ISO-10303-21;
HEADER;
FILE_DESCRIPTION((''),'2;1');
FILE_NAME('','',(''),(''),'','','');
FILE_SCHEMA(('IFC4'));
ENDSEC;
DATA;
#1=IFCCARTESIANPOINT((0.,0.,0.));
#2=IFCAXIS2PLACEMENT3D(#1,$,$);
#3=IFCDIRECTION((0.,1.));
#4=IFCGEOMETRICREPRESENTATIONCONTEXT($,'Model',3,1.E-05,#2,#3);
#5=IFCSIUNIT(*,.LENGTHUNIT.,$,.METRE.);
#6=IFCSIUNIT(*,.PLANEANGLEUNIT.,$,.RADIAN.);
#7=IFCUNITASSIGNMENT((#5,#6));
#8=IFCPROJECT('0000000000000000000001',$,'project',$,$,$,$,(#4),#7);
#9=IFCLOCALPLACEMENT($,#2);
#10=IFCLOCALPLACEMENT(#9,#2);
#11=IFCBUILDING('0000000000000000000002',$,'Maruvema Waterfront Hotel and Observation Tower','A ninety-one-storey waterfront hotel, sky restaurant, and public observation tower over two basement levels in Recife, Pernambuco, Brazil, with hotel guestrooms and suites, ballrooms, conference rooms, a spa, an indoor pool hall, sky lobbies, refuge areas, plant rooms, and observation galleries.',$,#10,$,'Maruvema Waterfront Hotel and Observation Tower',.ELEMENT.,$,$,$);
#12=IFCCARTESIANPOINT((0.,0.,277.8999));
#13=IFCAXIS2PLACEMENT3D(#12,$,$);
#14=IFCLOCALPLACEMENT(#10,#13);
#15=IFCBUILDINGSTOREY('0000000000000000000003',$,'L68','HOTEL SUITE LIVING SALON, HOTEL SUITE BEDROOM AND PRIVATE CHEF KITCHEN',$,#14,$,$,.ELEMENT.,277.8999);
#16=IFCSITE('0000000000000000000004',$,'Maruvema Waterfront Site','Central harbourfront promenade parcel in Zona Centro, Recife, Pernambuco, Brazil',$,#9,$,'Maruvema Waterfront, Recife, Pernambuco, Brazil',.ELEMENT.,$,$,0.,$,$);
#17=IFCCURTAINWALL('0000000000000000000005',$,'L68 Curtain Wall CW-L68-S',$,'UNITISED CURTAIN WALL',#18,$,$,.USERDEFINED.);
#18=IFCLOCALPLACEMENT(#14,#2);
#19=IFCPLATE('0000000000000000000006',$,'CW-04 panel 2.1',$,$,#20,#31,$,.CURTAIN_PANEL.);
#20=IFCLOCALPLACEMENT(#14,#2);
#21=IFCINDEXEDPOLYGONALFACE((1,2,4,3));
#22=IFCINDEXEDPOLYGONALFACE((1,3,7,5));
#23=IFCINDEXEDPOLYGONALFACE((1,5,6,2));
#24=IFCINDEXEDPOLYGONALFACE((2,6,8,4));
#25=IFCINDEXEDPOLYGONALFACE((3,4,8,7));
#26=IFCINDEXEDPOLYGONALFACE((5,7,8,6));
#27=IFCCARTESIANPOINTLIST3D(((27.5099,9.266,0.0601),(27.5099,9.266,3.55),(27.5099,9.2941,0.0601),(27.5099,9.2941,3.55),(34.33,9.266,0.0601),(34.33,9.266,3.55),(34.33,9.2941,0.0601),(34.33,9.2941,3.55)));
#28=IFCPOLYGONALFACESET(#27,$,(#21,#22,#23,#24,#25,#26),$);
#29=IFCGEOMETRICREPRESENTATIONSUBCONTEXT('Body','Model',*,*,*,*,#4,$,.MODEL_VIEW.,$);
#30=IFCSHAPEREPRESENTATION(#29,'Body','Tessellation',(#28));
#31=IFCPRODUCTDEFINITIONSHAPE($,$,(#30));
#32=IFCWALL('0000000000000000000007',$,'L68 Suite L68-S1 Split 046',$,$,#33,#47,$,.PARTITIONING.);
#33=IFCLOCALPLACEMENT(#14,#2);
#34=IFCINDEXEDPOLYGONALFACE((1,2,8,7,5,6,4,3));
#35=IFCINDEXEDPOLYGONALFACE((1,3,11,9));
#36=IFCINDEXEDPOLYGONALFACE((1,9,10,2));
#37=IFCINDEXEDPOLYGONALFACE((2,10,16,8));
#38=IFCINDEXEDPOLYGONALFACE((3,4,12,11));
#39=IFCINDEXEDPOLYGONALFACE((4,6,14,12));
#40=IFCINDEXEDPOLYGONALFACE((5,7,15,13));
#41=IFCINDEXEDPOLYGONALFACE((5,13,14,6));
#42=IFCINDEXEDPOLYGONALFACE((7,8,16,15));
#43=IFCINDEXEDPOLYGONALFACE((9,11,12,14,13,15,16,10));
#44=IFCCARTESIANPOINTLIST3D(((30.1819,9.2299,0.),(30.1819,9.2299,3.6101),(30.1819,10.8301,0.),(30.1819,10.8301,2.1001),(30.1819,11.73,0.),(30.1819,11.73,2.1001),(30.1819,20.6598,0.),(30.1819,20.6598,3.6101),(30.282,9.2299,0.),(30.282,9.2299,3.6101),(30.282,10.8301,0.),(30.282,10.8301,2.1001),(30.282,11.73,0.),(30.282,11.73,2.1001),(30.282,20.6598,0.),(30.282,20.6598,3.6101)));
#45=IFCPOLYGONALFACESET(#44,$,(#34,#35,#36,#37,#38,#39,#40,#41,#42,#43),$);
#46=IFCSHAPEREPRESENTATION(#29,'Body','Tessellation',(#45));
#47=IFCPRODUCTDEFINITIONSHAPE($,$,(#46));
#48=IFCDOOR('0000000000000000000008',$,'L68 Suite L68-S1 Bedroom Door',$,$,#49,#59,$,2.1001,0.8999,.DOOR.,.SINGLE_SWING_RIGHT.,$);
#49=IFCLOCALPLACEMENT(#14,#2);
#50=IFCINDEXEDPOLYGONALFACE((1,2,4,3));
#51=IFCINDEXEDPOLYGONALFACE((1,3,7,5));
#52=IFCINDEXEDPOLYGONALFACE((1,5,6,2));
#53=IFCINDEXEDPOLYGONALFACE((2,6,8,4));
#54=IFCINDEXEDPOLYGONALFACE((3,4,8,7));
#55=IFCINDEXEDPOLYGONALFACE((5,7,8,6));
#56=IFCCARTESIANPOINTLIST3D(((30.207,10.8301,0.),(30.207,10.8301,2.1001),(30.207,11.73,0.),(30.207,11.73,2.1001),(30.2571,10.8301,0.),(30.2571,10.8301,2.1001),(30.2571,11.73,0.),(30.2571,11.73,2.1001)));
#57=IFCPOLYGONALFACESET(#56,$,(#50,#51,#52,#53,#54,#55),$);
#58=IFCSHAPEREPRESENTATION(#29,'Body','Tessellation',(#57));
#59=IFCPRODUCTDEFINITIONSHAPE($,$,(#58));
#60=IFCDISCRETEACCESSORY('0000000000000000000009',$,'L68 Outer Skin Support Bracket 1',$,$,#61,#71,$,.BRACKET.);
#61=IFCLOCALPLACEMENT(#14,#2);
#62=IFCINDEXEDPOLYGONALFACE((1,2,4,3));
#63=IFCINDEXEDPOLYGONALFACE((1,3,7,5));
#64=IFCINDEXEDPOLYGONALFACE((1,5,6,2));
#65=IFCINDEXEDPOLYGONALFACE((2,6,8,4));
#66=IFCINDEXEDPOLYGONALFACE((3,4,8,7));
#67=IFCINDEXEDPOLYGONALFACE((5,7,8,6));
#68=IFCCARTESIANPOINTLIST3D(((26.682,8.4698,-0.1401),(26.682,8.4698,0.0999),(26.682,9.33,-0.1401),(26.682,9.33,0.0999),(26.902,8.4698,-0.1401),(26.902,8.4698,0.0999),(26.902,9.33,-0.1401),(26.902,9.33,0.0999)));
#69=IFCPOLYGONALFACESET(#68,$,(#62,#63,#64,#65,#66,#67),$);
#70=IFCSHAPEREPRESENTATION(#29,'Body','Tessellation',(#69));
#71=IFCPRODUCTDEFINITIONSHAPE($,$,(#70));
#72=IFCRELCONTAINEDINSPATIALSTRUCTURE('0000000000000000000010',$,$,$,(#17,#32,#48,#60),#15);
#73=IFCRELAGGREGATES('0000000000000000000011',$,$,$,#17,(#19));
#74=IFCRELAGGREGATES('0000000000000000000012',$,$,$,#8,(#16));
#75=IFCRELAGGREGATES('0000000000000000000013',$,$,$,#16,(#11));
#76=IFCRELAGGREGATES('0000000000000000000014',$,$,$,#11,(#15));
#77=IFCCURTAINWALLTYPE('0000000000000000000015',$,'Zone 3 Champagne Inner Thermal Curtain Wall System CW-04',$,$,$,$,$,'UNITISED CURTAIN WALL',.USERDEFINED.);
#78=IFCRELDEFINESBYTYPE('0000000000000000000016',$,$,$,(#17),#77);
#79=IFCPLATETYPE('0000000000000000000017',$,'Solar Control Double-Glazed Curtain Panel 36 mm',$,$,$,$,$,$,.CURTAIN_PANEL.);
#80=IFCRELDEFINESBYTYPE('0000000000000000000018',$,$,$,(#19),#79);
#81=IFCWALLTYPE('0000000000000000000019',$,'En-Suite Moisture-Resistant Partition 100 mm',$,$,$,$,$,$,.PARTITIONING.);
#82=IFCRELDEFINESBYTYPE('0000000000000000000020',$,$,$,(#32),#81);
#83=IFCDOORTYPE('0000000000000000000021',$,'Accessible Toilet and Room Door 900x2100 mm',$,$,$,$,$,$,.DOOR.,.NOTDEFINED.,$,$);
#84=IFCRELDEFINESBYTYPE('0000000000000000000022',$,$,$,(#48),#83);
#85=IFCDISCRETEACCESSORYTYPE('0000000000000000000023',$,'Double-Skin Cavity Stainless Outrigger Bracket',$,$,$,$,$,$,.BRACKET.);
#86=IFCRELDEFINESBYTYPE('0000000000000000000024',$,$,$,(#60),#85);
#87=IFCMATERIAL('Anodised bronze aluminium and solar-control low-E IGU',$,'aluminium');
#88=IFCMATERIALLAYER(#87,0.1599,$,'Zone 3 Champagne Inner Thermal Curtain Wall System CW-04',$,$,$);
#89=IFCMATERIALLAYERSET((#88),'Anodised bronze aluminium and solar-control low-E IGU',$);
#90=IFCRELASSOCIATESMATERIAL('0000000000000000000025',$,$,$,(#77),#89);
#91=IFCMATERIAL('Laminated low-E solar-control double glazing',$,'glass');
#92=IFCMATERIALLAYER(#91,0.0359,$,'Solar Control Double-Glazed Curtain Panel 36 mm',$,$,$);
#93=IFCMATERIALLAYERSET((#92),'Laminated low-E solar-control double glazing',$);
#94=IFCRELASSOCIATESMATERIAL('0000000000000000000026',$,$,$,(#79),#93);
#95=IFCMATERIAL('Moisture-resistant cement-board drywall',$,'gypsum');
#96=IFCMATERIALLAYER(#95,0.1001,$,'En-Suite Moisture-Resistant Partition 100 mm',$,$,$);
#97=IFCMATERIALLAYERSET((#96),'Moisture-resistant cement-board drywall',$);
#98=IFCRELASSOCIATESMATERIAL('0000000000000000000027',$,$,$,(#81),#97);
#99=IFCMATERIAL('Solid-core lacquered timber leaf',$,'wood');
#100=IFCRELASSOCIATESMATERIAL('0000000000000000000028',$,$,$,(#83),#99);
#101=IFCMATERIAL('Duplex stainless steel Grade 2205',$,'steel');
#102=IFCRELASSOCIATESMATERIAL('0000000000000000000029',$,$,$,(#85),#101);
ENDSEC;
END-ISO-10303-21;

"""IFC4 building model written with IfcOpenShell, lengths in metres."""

from ifc_helpers import new_model, si_unit, direction, frame, frame_2d, origin, origin_2d, place, context, subcontext, project, spatial, rectangle, extrude, material, layer, layer_set, type_object, element, fill, aggregate, save


model = new_model("IFC4")

# Units and contexts
model_context = context("Model", 3, precision=1e-05, world=origin(), true_north=direction((0.0, 1.0)))
body_context = subcontext(model_context, "Body", "Model", "MODEL_VIEW")
ifc_project = project(units=[si_unit("LENGTHUNIT", "METRE"), si_unit("PLANEANGLEUNIT", "RADIAN")], contexts=[model_context])

# Site, building, storey
site_placement = place(None, origin())
site = spatial("IfcSite", under=ifc_project, at=site_placement, Name="Maruvema Waterfront Site", Description="Central harbourfront promenade parcel in Zona Centro, Recife, Pernambuco, Brazil", LongName="Maruvema Waterfront, Recife, Pernambuco, Brazil", CompositionType="ELEMENT", RefElevation=0.0)
building_placement = place(site_placement, origin())
building = spatial("IfcBuilding", under=site, at=building_placement, Name="Maruvema Waterfront Hotel and Observation Tower", Description="A ninety-one-storey waterfront hotel, sky restaurant, and public observation tower over two basement levels in Recife, Pernambuco, Brazil, with hotel guestrooms and suites, ballrooms, conference rooms, a spa, an indoor pool hall, sky lobbies, refuge areas, plant rooms, and observation galleries.", LongName="Maruvema Waterfront Hotel and Observation Tower", CompositionType="ELEMENT")
storey_placement = place(building_placement, frame((0.0, 0.0, 277.8999)))
storey = spatial("IfcBuildingStorey", under=building, at=storey_placement, Name="L68", Description="HOTEL SUITE LIVING SALON, HOTEL SUITE BEDROOM AND PRIVATE CHEF KITCHEN", CompositionType="ELEMENT", Elevation=277.8999)

# Curtain wall
ifc_material_1 = material(Name="Anodised bronze aluminium and solar-control low-E IGU", Category="aluminium")
ifc_layer_1 = layer(ifc_material_1, 0.1599, Name="Zone 3 Champagne Inner Thermal Curtain Wall System CW-04")
ifc_layer_set_1 = layer_set([ifc_layer_1], Name="Anodised bronze aluminium and solar-control low-E IGU")
curtain_wall_type = type_object("IfcCurtainWallType", Name="Zone 3 Champagne Inner Thermal Curtain Wall System CW-04", ElementType="UNITISED CURTAIN WALL", PredefinedType="USERDEFINED", material=ifc_layer_set_1)
curtain_wall_placement = place(storey_placement, origin())
curtain_wall = element("IfcCurtainWall", 1, at=curtain_wall_placement, inside=storey, type_object=curtain_wall_type, Name="L68 Curtain Wall CW-L68-S", ObjectType="UNITISED CURTAIN WALL", PredefinedType="USERDEFINED")

# Plate
ifc_material_2 = material(Name="Laminated low-E solar-control double glazing", Category="glass")
ifc_layer_2 = layer(ifc_material_2, 0.0359, Name="Solar Control Double-Glazed Curtain Panel 36 mm")
ifc_layer_set_2 = layer_set([ifc_layer_2], Name="Laminated low-E solar-control double glazing")
plate_type = type_object("IfcPlateType", Name="Solar Control Double-Glazed Curtain Panel 36 mm", PredefinedType="CURTAIN_PANEL", material=ifc_layer_set_2)
plate_placement = place(storey_placement, frame((30.9199, 9.28, 0.0601), z_axis=(0.0, 0.0, 1.0), x_axis=(1.0, 0.0, 0.0)))
plate = element("IfcPlate", 2, at=plate_placement, type_object=plate_type, Name="CW-04 panel 2.1", PredefinedType="CURTAIN_PANEL", context=body_context, shape_type="SweptSolid", body=[
    extrude(rectangle(XDim=6.8201, YDim=0.0281, at=origin_2d()), origin(), (0.0, 0.0, 1.0), 3.49),
])
aggregate(curtain_wall, [plate])

# Wall, opening, door
ifc_material_3 = material(Name="Moisture-resistant cement-board drywall", Category="gypsum")
ifc_layer_3 = layer(ifc_material_3, 0.1001, Name="En-Suite Moisture-Resistant Partition 100 mm")
ifc_layer_set_3 = layer_set([ifc_layer_3], Name="Moisture-resistant cement-board drywall")
wall_type = type_object("IfcWallType", Name="En-Suite Moisture-Resistant Partition 100 mm", PredefinedType="PARTITIONING", material=ifc_layer_set_3)
wall_placement = place(storey_placement, frame((30.2319, 9.23, 0.0), z_axis=(0.0, 0.0, 1.0), x_axis=(0.0, 1.0, 0.0)))
wall = element("IfcWall", 3, at=wall_placement, inside=storey, type_object=wall_type, Name="L68 Suite L68-S1 Split 046", PredefinedType="PARTITIONING", context=body_context, shape_type="SweptSolid", body=[
    extrude(rectangle(XDim=11.4299, YDim=0.1001, at=frame_2d((5.7148, 0.0))), origin(), (0.0, 0.0, 1.0), 3.6101),
])
opening_placement = place(wall_placement, frame((1.6001, 0.0, 0.0)))
opening = element("IfcOpeningElement", 4, at=opening_placement, cuts=wall, PredefinedType="OPENING", context=body_context, shape_type="SweptSolid", body=[
    extrude(rectangle(XDim=0.8999, YDim=2.1001, at=frame_2d((0.45, 1.05))), frame((0.0, 0.0601, 0.0), z_axis=(0.0, -1.0, 0.0), x_axis=(1.0, 0.0, 0.0)), (0.0, 0.0, 1.0), 0.1201),
])
ifc_material_4 = material(Name="Solid-core lacquered timber leaf", Category="wood")
door_type = type_object("IfcDoorType", Name="Accessible Toilet and Room Door 900x2100 mm", OperationType="NOTDEFINED", PredefinedType="DOOR", material=ifc_material_4)
door_placement = place(opening_placement, origin())
door = element("IfcDoor", 5, at=door_placement, inside=storey, type_object=door_type, Name="L68 Suite L68-S1 Bedroom Door", OperationType="SINGLE_SWING_RIGHT", OverallHeight=2.1001, OverallWidth=0.8999, PredefinedType="DOOR", context=body_context, shape_type="SweptSolid", body=[
    extrude(rectangle(XDim=0.8999, YDim=2.1001, at=frame_2d((0.45, 1.05))), frame((0.0, 0.0249, 0.0), z_axis=(0.0, -1.0, 0.0), x_axis=(1.0, 0.0, 0.0)), (0.0, 0.0, 1.0), 0.05),
])
fill(opening, door)

# Discrete accessory
ifc_material_5 = material(Name="Duplex stainless steel Grade 2205", Category="steel")
discrete_accessory_type = type_object("IfcDiscreteAccessoryType", Name="Double-Skin Cavity Stainless Outrigger Bracket", PredefinedType="BRACKET", material=ifc_material_5)
discrete_accessory_placement = place(storey_placement, frame((26.792, 8.8999, -0.1401), z_axis=(0.0, 0.0, 1.0), x_axis=(1.0, 0.0, 0.0)))
element("IfcDiscreteAccessory", 6, at=discrete_accessory_placement, inside=storey, type_object=discrete_accessory_type, Name="L68 Outer Skin Support Bracket 1", PredefinedType="BRACKET", context=body_context, shape_type="SweptSolid", body=[
    extrude(rectangle(XDim=0.22, YDim=0.8601, at=origin_2d()), origin(), (0.0, 0.0, 1.0), 0.24),
])

save(model, "model.ifc")
